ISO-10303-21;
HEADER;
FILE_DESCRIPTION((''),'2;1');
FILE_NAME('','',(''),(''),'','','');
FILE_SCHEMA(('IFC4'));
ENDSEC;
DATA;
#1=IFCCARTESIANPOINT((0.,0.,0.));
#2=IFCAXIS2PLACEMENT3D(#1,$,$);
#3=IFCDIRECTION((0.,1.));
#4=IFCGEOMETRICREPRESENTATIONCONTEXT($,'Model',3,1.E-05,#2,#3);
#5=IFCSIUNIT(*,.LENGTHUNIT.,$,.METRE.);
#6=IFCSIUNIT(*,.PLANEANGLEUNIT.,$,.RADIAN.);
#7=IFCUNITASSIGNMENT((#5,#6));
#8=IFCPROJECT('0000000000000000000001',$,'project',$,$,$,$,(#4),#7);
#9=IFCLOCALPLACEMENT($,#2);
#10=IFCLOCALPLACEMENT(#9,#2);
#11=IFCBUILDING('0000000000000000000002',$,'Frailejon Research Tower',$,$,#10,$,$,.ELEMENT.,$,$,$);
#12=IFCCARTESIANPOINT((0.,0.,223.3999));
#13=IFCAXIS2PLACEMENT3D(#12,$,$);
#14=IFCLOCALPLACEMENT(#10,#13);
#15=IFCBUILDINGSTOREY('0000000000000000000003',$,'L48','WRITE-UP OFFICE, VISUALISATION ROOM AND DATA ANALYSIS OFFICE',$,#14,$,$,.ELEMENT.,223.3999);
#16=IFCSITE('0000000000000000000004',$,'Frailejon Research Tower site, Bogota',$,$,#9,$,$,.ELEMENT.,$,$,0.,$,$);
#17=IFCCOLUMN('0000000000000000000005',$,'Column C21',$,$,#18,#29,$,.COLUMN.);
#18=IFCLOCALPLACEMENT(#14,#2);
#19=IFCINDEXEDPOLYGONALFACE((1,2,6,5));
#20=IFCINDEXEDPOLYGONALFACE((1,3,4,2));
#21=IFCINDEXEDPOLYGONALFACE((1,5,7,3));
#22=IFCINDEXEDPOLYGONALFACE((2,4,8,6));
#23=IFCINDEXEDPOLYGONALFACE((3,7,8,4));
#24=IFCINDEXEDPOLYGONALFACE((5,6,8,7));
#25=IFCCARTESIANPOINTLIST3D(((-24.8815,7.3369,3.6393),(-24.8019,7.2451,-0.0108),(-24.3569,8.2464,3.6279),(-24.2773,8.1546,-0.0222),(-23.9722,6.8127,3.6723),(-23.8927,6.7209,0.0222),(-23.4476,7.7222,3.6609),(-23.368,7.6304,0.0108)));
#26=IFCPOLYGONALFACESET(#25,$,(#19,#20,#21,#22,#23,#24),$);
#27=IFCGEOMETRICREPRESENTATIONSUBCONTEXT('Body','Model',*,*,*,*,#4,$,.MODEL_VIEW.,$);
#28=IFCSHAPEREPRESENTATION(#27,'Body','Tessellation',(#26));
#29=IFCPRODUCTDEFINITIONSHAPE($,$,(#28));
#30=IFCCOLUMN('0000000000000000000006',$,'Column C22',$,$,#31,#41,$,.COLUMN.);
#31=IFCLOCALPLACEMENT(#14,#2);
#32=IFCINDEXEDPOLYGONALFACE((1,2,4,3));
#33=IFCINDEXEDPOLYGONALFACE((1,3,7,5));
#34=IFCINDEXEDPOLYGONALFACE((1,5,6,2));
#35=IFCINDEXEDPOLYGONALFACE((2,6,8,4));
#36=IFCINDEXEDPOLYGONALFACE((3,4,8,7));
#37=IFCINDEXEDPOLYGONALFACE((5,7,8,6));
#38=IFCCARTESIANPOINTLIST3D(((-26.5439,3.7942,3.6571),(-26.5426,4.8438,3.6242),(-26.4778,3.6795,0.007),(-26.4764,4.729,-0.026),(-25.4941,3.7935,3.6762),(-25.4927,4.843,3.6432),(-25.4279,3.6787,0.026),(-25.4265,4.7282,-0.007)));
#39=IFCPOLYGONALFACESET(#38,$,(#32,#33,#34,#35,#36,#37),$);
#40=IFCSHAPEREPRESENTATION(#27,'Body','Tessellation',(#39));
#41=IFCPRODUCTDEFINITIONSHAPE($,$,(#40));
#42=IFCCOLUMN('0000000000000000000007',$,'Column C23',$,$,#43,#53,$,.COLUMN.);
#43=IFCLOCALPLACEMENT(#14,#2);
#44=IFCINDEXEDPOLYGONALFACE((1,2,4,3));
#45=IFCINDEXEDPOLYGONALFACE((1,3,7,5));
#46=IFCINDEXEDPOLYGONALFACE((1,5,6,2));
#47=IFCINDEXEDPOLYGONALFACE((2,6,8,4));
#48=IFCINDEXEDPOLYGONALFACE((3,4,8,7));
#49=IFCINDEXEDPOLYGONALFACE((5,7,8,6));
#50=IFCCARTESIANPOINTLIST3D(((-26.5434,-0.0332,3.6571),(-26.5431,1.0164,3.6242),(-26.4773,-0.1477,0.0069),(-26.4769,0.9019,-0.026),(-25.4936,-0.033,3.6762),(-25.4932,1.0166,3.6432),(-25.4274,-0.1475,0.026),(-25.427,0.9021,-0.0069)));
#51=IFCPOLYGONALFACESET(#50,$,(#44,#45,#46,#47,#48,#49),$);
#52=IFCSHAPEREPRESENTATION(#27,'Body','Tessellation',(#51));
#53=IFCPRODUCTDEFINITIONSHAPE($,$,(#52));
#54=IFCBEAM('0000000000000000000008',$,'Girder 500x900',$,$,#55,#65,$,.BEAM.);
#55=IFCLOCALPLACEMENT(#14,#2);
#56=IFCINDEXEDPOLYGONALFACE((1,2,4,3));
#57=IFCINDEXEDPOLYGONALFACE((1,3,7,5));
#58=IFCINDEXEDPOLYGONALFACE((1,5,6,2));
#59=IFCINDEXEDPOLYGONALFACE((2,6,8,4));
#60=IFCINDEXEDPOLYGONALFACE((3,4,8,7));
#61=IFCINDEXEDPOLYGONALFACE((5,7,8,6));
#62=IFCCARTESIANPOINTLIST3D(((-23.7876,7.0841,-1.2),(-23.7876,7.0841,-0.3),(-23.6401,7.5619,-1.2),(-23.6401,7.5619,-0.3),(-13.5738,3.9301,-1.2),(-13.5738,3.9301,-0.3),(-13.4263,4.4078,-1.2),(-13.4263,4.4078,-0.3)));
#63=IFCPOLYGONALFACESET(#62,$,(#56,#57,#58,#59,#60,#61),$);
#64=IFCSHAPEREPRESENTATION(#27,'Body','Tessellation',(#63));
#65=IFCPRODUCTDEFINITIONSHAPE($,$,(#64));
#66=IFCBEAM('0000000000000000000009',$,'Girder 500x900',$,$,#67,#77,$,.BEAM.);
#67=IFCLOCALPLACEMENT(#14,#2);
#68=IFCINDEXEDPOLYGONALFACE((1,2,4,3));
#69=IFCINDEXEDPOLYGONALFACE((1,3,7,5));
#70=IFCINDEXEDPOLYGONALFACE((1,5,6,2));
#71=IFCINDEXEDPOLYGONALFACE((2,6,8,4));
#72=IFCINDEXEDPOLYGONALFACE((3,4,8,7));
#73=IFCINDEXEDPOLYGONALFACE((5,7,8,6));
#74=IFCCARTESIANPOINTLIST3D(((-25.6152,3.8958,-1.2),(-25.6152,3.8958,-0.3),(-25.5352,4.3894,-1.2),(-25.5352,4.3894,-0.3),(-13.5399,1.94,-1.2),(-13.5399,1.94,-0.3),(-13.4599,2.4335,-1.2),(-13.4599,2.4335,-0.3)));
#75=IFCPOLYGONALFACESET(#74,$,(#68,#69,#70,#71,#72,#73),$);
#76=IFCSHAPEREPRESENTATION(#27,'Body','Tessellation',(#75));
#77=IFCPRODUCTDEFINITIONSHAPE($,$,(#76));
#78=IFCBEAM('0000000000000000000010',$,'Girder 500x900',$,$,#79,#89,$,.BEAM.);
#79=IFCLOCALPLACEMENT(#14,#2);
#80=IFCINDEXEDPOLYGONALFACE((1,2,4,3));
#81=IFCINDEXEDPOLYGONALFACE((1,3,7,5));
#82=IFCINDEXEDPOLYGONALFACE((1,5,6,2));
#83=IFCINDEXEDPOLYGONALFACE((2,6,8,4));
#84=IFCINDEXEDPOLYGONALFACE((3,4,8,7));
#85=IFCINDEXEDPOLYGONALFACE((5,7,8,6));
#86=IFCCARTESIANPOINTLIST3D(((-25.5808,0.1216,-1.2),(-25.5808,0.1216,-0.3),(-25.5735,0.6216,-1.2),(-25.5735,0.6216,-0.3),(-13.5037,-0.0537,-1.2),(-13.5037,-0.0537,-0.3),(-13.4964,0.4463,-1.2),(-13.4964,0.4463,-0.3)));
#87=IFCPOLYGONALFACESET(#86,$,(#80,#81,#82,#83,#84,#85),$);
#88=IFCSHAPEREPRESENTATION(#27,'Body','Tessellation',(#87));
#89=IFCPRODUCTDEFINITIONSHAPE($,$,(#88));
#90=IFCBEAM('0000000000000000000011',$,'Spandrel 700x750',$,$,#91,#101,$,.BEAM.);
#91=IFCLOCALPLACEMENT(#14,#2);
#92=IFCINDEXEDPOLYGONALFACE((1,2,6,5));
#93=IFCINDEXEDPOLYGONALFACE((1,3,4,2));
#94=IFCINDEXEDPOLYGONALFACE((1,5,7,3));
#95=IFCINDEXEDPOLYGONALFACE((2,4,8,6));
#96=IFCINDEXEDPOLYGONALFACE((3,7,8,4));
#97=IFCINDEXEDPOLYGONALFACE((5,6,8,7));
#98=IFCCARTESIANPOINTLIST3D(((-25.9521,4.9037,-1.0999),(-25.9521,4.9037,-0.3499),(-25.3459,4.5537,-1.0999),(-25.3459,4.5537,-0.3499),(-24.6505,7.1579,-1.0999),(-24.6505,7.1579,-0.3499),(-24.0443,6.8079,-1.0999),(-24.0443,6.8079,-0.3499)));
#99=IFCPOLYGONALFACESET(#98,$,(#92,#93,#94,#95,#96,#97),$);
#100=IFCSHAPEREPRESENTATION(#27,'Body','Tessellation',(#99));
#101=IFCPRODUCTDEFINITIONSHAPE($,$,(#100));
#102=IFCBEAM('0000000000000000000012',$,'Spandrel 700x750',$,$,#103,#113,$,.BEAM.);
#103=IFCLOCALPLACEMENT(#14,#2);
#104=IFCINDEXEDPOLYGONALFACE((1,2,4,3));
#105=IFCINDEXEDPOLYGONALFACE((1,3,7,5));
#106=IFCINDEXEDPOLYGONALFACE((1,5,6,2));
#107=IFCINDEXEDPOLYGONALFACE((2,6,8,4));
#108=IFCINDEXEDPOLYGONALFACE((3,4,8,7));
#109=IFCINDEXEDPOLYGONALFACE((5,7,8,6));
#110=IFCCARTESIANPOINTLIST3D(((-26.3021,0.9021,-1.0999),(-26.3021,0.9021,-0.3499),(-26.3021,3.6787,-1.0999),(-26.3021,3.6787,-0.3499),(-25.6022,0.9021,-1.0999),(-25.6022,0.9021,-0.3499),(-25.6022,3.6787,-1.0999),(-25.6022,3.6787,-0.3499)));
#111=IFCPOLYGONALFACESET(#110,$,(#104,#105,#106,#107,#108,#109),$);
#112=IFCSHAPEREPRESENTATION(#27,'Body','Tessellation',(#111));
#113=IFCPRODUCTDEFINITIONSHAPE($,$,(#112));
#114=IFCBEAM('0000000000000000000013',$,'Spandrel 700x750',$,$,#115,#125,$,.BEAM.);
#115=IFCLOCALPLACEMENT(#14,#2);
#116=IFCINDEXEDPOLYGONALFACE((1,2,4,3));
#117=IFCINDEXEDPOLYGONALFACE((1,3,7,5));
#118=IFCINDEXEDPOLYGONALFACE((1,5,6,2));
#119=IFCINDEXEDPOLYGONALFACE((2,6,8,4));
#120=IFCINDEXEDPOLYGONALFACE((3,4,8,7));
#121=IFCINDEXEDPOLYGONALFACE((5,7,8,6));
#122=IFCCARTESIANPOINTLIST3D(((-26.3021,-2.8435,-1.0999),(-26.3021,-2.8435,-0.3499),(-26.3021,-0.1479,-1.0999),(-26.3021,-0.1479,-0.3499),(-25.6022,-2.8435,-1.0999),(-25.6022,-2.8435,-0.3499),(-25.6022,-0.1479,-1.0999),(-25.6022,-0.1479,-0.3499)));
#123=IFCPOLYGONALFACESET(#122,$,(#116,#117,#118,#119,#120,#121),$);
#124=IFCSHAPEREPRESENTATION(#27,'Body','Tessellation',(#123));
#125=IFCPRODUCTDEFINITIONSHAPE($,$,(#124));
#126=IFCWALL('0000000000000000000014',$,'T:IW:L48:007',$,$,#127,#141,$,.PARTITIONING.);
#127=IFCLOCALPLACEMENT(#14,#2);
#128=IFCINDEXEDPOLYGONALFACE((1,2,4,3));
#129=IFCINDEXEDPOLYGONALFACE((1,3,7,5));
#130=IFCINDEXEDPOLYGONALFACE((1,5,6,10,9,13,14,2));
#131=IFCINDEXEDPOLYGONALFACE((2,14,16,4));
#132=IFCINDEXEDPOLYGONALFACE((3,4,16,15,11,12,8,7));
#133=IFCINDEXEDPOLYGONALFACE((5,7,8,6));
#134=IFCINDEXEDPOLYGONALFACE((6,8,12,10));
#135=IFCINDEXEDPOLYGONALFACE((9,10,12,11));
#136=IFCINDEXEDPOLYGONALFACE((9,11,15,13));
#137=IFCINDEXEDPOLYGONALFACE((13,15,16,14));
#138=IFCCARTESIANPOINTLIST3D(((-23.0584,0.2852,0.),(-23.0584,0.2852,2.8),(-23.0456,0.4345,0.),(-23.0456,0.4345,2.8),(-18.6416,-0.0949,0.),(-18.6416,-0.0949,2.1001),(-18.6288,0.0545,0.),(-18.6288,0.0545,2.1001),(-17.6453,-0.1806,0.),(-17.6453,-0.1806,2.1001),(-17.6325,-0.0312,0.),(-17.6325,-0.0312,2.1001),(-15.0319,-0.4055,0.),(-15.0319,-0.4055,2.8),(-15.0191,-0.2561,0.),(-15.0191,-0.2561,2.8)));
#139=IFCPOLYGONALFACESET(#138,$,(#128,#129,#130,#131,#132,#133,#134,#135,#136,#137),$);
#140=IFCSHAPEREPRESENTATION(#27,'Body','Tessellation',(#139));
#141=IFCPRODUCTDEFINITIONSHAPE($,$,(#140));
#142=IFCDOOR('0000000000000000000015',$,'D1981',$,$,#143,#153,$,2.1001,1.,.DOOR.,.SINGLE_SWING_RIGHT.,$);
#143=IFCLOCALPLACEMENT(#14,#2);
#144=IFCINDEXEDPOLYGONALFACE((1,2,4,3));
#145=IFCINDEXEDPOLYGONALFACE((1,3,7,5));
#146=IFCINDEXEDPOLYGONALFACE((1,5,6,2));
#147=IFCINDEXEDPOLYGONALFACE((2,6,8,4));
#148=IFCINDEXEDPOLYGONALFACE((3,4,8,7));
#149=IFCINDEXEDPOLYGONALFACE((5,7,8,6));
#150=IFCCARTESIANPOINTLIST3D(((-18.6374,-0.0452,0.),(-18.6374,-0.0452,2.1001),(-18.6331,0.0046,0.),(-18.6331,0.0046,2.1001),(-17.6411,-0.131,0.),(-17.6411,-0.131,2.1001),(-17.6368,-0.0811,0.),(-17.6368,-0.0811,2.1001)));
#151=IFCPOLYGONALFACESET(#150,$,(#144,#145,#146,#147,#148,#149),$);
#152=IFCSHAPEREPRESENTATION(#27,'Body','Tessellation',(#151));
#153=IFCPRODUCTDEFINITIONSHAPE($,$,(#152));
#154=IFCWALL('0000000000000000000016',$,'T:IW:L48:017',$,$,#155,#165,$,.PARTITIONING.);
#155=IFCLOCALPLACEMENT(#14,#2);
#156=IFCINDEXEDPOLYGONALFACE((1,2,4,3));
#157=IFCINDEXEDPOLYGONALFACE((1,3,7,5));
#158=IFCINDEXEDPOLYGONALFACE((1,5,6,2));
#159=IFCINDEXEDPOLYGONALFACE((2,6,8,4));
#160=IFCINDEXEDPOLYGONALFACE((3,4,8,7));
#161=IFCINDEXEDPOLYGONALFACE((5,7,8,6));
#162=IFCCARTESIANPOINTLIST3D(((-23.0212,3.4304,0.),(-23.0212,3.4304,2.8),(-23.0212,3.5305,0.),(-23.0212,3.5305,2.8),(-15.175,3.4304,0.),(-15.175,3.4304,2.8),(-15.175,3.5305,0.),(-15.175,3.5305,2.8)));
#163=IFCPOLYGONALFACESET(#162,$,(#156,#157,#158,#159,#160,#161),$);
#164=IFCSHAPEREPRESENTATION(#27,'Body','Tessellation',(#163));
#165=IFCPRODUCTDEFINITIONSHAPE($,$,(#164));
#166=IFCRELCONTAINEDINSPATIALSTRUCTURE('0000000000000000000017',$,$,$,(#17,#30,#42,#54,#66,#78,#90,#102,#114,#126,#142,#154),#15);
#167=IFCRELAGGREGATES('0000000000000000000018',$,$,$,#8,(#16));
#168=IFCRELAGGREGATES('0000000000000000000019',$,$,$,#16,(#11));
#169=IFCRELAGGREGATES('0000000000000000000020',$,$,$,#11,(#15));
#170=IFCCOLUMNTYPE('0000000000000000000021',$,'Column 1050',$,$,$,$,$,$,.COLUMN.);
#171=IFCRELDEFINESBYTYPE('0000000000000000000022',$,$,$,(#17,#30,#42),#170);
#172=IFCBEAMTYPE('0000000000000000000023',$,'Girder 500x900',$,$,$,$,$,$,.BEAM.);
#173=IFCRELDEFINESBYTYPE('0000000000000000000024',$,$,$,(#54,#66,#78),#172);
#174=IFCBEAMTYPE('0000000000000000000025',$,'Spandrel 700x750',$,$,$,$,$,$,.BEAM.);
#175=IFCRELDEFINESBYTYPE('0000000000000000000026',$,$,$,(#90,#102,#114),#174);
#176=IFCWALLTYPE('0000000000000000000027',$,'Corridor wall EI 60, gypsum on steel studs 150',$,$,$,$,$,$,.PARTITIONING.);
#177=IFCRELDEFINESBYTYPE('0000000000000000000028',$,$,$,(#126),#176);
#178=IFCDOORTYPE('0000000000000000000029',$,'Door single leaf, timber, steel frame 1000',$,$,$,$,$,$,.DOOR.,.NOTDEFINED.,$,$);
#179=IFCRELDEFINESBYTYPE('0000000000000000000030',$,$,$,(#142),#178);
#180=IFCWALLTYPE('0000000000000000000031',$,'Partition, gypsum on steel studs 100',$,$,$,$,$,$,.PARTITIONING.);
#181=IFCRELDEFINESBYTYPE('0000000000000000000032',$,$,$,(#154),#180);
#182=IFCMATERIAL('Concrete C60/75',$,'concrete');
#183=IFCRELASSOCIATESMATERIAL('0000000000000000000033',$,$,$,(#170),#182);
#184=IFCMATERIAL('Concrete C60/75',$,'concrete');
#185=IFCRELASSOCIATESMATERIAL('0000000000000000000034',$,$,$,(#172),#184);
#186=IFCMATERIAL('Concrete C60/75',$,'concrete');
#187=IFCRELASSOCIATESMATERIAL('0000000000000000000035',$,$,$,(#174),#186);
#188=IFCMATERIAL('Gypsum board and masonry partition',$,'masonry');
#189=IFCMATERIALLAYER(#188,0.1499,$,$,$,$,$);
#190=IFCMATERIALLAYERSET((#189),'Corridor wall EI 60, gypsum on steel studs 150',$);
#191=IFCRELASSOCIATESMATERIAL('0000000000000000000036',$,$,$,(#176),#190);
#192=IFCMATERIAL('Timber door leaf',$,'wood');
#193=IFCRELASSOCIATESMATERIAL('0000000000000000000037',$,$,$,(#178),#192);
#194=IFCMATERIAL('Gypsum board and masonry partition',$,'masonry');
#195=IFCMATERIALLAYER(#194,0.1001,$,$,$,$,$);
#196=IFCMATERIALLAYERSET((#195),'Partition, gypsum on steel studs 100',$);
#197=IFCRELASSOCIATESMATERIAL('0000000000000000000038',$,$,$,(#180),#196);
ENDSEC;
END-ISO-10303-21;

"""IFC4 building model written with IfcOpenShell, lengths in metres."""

from ifc_helpers import new_model, si_unit, direction, frame, frame_2d, origin, origin_2d, place, context, subcontext, project, spatial, rectangle, extrude, material, layer, layer_set, material_profile, profile_set, type_object, element, fill, save


model = new_model("IFC4")

# Units and contexts
model_context = context("Model", 3, precision=1e-05, world=origin(), true_north=direction((0.0, 1.0)))
body_context = subcontext(model_context, "Body", "Model", "MODEL_VIEW")
ifc_project = project(units=[si_unit("LENGTHUNIT", "METRE"), si_unit("PLANEANGLEUNIT", "RADIAN")], contexts=[model_context])

# Site, building, storey
site_placement = place(None, origin())
site = spatial("IfcSite", under=ifc_project, at=site_placement, Name="Frailejon Research Tower site, Bogota", CompositionType="ELEMENT", RefElevation=0.0)
building_placement = place(site_placement, origin())
building = spatial("IfcBuilding", under=site, at=building_placement, Name="Frailejon Research Tower", CompositionType="ELEMENT")
storey_placement = place(building_placement, frame((0.0, 0.0, 223.3999)))
storey = spatial("IfcBuildingStorey", under=building, at=storey_placement, Name="L48", Description="WRITE-UP OFFICE, VISUALISATION ROOM AND DATA ANALYSIS OFFICE", CompositionType="ELEMENT", Elevation=223.3999)

# Columns
ifc_material_1 = material(Name="Concrete C60/75", Category="concrete")
ifc_material_profile_1 = material_profile(ifc_material_1, rectangle(XDim=1.05, YDim=1.05, at=origin_2d()), Name="Column 1050")
ifc_profile_set_1 = profile_set([ifc_material_profile_1], Name="Concrete C60/75")
column_type = type_object("IfcColumnType", Name="Column 1050", PredefinedType="COLUMN", material=ifc_profile_set_1)
column_placement = place(storey_placement, frame((-24.085, 7.4377, 0.0), z_axis=(-0.021792, 0.025135, 0.999447), x_axis=(-0.499665, -0.86615, 0.010888)))
element("IfcColumn", 1, at=column_placement, inside=storey, type_object=column_type, Name="Column C21", PredefinedType="COLUMN", context=body_context, shape_type="SweptSolid", body=[
    extrude(rectangle(XDim=1.05, YDim=1.05, at=origin_2d()), origin(), (0.0, 0.0, 1.0), 3.6521),
])
for number, where, z_axis, x_axis, name in (
    (2, (-25.9521, 4.2039, 0.0), (-0.018114, 0.031415, 0.999342), (-0.001297, -0.999506, 0.031397), "Column C22"),
    (3, (-25.9521, 0.3772, 0.0), (-0.018114, 0.031349, 0.999344), (-0.000375, -0.999508, 0.031347), "Column C23"),
):
    element("IfcColumn", number, at=place(storey_placement, frame(where, z_axis=z_axis, x_axis=x_axis)), inside=storey, type_object=column_type, Name=name, PredefinedType="COLUMN", context=body_context, shape_type="SweptSolid", body=[
        extrude(rectangle(XDim=1.05, YDim=1.05, at=origin_2d()), origin(), (0.0, 0.0, 1.0), 3.6526),
    ])

# Beams
ifc_material_2 = material(Name="Concrete C60/75", Category="concrete")
ifc_material_profile_2 = material_profile(ifc_material_2, rectangle(XDim=0.5, YDim=0.8999, at=origin_2d()), Name="Girder 500x900")
ifc_profile_set_2 = profile_set([ifc_material_profile_2], Name="Concrete C60/75")
beam_type_1 = type_object("IfcBeamType", Name="Girder 500x900", PredefinedType="BEAM", material=ifc_profile_set_2)
beam_1_placement = place(storey_placement, frame((-23.7139, 7.323, -0.75), z_axis=(0.955481, -0.295053, 0.0), x_axis=(0.295053, 0.955481, 0.0)))
element("IfcBeam", 4, at=beam_1_placement, inside=storey, type_object=beam_type_1, Name="Girder 500x900", PredefinedType="BEAM", context=body_context, shape_type="SweptSolid", body=[
    extrude(rectangle(XDim=0.5, YDim=0.8999, at=origin_2d()), origin(), (0.0, 0.0, 1.0), 10.6897),
])
beam_2_placement = place(storey_placement, frame((-25.5752, 4.1426, -0.75), z_axis=(0.987136, -0.159886, 0.0), x_axis=(0.159886, 0.987136, 0.0)))
element("IfcBeam", 5, at=beam_2_placement, inside=storey, type_object=beam_type_1, Name="Girder 500x900", PredefinedType="BEAM", context=body_context, shape_type="SweptSolid", body=[
    extrude(rectangle(XDim=0.5, YDim=0.8999, at=origin_2d()), origin(), (0.0, 0.0, 1.0), 12.2327),
])
beam_3_placement = place(storey_placement, frame((-25.5771, 0.3716, -0.75), z_axis=(0.999895, -0.014513, 0.0), x_axis=(0.014513, 0.999895, 0.0)))
element("IfcBeam", 6, at=beam_3_placement, inside=storey, type_object=beam_type_1, Name="Girder 500x900", PredefinedType="BEAM", context=body_context, shape_type="SweptSolid", body=[
    extrude(rectangle(XDim=0.5, YDim=0.8999, at=origin_2d()), origin(), (0.0, 0.0, 1.0), 12.0784),
])
ifc_material_3 = material(Name="Concrete C60/75", Category="concrete")
ifc_material_profile_3 = material_profile(ifc_material_3, rectangle(XDim=0.7, YDim=0.75, at=origin_2d()), Name="Spandrel 700x750")
ifc_profile_set_3 = profile_set([ifc_material_profile_3], Name="Concrete C60/75")
beam_type_2 = type_object("IfcBeamType", Name="Spandrel 700x750", PredefinedType="BEAM", material=ifc_profile_set_3)
beam_4_placement = place(storey_placement, frame((-24.3474, 6.9829, -0.7249), z_axis=(-0.500023, -0.866012, 0.0), x_axis=(0.866012, -0.500023, 0.0)))
element("IfcBeam", 7, at=beam_4_placement, inside=storey, type_object=beam_type_2, Name="Spandrel 700x750", PredefinedType="BEAM", context=body_context, shape_type="SweptSolid", body=[
    extrude(rectangle(XDim=0.7, YDim=0.75, at=origin_2d()), origin(), (0.0, 0.0, 1.0), 2.603),
])
beam_5_placement = place(storey_placement, frame((-25.9521, 3.6787, -0.7249), z_axis=(0.0, -1.0, 0.0), x_axis=(1.0, 0.0, 0.0)))
element("IfcBeam", 8, at=beam_5_placement, inside=storey, type_object=beam_type_2, Name="Spandrel 700x750", PredefinedType="BEAM", context=body_context, shape_type="SweptSolid", body=[
    extrude(rectangle(XDim=0.7, YDim=0.75, at=origin_2d()), origin(), (0.0, 0.0, 1.0), 2.7766),
])
beam_6_placement = place(storey_placement, frame((-25.9521, -0.1479, -0.7249), z_axis=(0.0, -1.0, 0.0), x_axis=(1.0, 0.0, 0.0)))
element("IfcBeam", 9, at=beam_6_placement, inside=storey, type_object=beam_type_2, Name="Spandrel 700x750", PredefinedType="BEAM", context=body_context, shape_type="SweptSolid", body=[
    extrude(rectangle(XDim=0.7, YDim=0.75, at=origin_2d()), origin(), (0.0, 0.0, 1.0), 2.6956),
])

# Wall, opening, door
ifc_material_4 = material(Name="Gypsum board and masonry partition", Category="masonry")
ifc_layer_1 = layer(ifc_material_4, 0.1499)
ifc_layer_set_1 = layer_set([ifc_layer_1], Name="Corridor wall EI 60, gypsum on steel studs 150")
wall_type_1 = type_object("IfcWallType", Name="Corridor wall EI 60, gypsum on steel studs 150", PredefinedType="PARTITIONING", material=ifc_layer_set_1)
wall_1_placement = place(storey_placement, frame((-23.052, 0.3599, 0.0), z_axis=(0.0, 0.0, 1.0), x_axis=(0.996318, -0.085731, 0.0)))
wall_1 = element("IfcWall", 10, at=wall_1_placement, inside=storey, type_object=wall_type_1, Name="T:IW:L48:007", PredefinedType="PARTITIONING", context=body_context, shape_type="SweptSolid", body=[
    extrude(rectangle(XDim=8.0562, YDim=0.1499, at=frame_2d((4.0281, 0.0))), origin(), (0.0, 0.0, 1.0), 2.8),
])
opening_1_placement = place(wall_1_placement, frame((4.4331, 0.0, 0.0)))
opening_1 = element("IfcOpeningElement", 11, at=opening_1_placement, cuts=wall_1, PredefinedType="OPENING", context=body_context, shape_type="SweptSolid", body=[
    extrude(rectangle(XDim=1.0, YDim=2.1001, at=frame_2d((0.5, 1.05))), frame((0.0, 0.085, 0.0), z_axis=(0.0, -1.0, 0.0), x_axis=(1.0, 0.0, 0.0)), (0.0, 0.0, 1.0), 0.1699),
])
ifc_material_5 = material(Name="Timber door leaf", Category="wood")
door_type = type_object("IfcDoorType", Name="Door single leaf, timber, steel frame 1000", OperationType="NOTDEFINED", PredefinedType="DOOR", material=ifc_material_5)
door_placement = place(opening_1_placement, origin())
door = element("IfcDoor", 12, at=door_placement, inside=storey, type_object=door_type, Name="D1981", OperationType="SINGLE_SWING_RIGHT", OverallHeight=2.1001, OverallWidth=1.0, PredefinedType="DOOR", context=body_context, shape_type="SweptSolid", body=[
    extrude(rectangle(XDim=1.0, YDim=2.1001, at=frame_2d((0.5, 1.05))), frame((0.0, 0.0249, 0.0), z_axis=(0.0, -1.0, 0.0), x_axis=(1.0, 0.0, 0.0)), (0.0, 0.0, 1.0), 0.05),
])
fill(opening_1, door)

# Wall
ifc_material_6 = material(Name="Gypsum board and masonry partition", Category="masonry")
ifc_layer_2 = layer(ifc_material_6, 0.1001)
ifc_layer_set_2 = layer_set([ifc_layer_2], Name="Partition, gypsum on steel studs 100")
wall_type_2 = type_object("IfcWallType", Name="Partition, gypsum on steel studs 100", PredefinedType="PARTITIONING", material=ifc_layer_set_2)
wall_2_placement = place(storey_placement, frame((-23.0212, 3.4805, 0.0), z_axis=(0.0, 0.0, 1.0), x_axis=(1.0, 0.0, 0.0)))
element("IfcWall", 13, at=wall_2_placement, inside=storey, type_object=wall_type_2, Name="T:IW:L48:017", PredefinedType="PARTITIONING", context=body_context, shape_type="SweptSolid", body=[
    extrude(rectangle(XDim=7.8462, YDim=0.1001, at=frame_2d((3.9231, 0.0))), origin(), (0.0, 0.0, 1.0), 2.8),
])

save(model, "model.ifc")
